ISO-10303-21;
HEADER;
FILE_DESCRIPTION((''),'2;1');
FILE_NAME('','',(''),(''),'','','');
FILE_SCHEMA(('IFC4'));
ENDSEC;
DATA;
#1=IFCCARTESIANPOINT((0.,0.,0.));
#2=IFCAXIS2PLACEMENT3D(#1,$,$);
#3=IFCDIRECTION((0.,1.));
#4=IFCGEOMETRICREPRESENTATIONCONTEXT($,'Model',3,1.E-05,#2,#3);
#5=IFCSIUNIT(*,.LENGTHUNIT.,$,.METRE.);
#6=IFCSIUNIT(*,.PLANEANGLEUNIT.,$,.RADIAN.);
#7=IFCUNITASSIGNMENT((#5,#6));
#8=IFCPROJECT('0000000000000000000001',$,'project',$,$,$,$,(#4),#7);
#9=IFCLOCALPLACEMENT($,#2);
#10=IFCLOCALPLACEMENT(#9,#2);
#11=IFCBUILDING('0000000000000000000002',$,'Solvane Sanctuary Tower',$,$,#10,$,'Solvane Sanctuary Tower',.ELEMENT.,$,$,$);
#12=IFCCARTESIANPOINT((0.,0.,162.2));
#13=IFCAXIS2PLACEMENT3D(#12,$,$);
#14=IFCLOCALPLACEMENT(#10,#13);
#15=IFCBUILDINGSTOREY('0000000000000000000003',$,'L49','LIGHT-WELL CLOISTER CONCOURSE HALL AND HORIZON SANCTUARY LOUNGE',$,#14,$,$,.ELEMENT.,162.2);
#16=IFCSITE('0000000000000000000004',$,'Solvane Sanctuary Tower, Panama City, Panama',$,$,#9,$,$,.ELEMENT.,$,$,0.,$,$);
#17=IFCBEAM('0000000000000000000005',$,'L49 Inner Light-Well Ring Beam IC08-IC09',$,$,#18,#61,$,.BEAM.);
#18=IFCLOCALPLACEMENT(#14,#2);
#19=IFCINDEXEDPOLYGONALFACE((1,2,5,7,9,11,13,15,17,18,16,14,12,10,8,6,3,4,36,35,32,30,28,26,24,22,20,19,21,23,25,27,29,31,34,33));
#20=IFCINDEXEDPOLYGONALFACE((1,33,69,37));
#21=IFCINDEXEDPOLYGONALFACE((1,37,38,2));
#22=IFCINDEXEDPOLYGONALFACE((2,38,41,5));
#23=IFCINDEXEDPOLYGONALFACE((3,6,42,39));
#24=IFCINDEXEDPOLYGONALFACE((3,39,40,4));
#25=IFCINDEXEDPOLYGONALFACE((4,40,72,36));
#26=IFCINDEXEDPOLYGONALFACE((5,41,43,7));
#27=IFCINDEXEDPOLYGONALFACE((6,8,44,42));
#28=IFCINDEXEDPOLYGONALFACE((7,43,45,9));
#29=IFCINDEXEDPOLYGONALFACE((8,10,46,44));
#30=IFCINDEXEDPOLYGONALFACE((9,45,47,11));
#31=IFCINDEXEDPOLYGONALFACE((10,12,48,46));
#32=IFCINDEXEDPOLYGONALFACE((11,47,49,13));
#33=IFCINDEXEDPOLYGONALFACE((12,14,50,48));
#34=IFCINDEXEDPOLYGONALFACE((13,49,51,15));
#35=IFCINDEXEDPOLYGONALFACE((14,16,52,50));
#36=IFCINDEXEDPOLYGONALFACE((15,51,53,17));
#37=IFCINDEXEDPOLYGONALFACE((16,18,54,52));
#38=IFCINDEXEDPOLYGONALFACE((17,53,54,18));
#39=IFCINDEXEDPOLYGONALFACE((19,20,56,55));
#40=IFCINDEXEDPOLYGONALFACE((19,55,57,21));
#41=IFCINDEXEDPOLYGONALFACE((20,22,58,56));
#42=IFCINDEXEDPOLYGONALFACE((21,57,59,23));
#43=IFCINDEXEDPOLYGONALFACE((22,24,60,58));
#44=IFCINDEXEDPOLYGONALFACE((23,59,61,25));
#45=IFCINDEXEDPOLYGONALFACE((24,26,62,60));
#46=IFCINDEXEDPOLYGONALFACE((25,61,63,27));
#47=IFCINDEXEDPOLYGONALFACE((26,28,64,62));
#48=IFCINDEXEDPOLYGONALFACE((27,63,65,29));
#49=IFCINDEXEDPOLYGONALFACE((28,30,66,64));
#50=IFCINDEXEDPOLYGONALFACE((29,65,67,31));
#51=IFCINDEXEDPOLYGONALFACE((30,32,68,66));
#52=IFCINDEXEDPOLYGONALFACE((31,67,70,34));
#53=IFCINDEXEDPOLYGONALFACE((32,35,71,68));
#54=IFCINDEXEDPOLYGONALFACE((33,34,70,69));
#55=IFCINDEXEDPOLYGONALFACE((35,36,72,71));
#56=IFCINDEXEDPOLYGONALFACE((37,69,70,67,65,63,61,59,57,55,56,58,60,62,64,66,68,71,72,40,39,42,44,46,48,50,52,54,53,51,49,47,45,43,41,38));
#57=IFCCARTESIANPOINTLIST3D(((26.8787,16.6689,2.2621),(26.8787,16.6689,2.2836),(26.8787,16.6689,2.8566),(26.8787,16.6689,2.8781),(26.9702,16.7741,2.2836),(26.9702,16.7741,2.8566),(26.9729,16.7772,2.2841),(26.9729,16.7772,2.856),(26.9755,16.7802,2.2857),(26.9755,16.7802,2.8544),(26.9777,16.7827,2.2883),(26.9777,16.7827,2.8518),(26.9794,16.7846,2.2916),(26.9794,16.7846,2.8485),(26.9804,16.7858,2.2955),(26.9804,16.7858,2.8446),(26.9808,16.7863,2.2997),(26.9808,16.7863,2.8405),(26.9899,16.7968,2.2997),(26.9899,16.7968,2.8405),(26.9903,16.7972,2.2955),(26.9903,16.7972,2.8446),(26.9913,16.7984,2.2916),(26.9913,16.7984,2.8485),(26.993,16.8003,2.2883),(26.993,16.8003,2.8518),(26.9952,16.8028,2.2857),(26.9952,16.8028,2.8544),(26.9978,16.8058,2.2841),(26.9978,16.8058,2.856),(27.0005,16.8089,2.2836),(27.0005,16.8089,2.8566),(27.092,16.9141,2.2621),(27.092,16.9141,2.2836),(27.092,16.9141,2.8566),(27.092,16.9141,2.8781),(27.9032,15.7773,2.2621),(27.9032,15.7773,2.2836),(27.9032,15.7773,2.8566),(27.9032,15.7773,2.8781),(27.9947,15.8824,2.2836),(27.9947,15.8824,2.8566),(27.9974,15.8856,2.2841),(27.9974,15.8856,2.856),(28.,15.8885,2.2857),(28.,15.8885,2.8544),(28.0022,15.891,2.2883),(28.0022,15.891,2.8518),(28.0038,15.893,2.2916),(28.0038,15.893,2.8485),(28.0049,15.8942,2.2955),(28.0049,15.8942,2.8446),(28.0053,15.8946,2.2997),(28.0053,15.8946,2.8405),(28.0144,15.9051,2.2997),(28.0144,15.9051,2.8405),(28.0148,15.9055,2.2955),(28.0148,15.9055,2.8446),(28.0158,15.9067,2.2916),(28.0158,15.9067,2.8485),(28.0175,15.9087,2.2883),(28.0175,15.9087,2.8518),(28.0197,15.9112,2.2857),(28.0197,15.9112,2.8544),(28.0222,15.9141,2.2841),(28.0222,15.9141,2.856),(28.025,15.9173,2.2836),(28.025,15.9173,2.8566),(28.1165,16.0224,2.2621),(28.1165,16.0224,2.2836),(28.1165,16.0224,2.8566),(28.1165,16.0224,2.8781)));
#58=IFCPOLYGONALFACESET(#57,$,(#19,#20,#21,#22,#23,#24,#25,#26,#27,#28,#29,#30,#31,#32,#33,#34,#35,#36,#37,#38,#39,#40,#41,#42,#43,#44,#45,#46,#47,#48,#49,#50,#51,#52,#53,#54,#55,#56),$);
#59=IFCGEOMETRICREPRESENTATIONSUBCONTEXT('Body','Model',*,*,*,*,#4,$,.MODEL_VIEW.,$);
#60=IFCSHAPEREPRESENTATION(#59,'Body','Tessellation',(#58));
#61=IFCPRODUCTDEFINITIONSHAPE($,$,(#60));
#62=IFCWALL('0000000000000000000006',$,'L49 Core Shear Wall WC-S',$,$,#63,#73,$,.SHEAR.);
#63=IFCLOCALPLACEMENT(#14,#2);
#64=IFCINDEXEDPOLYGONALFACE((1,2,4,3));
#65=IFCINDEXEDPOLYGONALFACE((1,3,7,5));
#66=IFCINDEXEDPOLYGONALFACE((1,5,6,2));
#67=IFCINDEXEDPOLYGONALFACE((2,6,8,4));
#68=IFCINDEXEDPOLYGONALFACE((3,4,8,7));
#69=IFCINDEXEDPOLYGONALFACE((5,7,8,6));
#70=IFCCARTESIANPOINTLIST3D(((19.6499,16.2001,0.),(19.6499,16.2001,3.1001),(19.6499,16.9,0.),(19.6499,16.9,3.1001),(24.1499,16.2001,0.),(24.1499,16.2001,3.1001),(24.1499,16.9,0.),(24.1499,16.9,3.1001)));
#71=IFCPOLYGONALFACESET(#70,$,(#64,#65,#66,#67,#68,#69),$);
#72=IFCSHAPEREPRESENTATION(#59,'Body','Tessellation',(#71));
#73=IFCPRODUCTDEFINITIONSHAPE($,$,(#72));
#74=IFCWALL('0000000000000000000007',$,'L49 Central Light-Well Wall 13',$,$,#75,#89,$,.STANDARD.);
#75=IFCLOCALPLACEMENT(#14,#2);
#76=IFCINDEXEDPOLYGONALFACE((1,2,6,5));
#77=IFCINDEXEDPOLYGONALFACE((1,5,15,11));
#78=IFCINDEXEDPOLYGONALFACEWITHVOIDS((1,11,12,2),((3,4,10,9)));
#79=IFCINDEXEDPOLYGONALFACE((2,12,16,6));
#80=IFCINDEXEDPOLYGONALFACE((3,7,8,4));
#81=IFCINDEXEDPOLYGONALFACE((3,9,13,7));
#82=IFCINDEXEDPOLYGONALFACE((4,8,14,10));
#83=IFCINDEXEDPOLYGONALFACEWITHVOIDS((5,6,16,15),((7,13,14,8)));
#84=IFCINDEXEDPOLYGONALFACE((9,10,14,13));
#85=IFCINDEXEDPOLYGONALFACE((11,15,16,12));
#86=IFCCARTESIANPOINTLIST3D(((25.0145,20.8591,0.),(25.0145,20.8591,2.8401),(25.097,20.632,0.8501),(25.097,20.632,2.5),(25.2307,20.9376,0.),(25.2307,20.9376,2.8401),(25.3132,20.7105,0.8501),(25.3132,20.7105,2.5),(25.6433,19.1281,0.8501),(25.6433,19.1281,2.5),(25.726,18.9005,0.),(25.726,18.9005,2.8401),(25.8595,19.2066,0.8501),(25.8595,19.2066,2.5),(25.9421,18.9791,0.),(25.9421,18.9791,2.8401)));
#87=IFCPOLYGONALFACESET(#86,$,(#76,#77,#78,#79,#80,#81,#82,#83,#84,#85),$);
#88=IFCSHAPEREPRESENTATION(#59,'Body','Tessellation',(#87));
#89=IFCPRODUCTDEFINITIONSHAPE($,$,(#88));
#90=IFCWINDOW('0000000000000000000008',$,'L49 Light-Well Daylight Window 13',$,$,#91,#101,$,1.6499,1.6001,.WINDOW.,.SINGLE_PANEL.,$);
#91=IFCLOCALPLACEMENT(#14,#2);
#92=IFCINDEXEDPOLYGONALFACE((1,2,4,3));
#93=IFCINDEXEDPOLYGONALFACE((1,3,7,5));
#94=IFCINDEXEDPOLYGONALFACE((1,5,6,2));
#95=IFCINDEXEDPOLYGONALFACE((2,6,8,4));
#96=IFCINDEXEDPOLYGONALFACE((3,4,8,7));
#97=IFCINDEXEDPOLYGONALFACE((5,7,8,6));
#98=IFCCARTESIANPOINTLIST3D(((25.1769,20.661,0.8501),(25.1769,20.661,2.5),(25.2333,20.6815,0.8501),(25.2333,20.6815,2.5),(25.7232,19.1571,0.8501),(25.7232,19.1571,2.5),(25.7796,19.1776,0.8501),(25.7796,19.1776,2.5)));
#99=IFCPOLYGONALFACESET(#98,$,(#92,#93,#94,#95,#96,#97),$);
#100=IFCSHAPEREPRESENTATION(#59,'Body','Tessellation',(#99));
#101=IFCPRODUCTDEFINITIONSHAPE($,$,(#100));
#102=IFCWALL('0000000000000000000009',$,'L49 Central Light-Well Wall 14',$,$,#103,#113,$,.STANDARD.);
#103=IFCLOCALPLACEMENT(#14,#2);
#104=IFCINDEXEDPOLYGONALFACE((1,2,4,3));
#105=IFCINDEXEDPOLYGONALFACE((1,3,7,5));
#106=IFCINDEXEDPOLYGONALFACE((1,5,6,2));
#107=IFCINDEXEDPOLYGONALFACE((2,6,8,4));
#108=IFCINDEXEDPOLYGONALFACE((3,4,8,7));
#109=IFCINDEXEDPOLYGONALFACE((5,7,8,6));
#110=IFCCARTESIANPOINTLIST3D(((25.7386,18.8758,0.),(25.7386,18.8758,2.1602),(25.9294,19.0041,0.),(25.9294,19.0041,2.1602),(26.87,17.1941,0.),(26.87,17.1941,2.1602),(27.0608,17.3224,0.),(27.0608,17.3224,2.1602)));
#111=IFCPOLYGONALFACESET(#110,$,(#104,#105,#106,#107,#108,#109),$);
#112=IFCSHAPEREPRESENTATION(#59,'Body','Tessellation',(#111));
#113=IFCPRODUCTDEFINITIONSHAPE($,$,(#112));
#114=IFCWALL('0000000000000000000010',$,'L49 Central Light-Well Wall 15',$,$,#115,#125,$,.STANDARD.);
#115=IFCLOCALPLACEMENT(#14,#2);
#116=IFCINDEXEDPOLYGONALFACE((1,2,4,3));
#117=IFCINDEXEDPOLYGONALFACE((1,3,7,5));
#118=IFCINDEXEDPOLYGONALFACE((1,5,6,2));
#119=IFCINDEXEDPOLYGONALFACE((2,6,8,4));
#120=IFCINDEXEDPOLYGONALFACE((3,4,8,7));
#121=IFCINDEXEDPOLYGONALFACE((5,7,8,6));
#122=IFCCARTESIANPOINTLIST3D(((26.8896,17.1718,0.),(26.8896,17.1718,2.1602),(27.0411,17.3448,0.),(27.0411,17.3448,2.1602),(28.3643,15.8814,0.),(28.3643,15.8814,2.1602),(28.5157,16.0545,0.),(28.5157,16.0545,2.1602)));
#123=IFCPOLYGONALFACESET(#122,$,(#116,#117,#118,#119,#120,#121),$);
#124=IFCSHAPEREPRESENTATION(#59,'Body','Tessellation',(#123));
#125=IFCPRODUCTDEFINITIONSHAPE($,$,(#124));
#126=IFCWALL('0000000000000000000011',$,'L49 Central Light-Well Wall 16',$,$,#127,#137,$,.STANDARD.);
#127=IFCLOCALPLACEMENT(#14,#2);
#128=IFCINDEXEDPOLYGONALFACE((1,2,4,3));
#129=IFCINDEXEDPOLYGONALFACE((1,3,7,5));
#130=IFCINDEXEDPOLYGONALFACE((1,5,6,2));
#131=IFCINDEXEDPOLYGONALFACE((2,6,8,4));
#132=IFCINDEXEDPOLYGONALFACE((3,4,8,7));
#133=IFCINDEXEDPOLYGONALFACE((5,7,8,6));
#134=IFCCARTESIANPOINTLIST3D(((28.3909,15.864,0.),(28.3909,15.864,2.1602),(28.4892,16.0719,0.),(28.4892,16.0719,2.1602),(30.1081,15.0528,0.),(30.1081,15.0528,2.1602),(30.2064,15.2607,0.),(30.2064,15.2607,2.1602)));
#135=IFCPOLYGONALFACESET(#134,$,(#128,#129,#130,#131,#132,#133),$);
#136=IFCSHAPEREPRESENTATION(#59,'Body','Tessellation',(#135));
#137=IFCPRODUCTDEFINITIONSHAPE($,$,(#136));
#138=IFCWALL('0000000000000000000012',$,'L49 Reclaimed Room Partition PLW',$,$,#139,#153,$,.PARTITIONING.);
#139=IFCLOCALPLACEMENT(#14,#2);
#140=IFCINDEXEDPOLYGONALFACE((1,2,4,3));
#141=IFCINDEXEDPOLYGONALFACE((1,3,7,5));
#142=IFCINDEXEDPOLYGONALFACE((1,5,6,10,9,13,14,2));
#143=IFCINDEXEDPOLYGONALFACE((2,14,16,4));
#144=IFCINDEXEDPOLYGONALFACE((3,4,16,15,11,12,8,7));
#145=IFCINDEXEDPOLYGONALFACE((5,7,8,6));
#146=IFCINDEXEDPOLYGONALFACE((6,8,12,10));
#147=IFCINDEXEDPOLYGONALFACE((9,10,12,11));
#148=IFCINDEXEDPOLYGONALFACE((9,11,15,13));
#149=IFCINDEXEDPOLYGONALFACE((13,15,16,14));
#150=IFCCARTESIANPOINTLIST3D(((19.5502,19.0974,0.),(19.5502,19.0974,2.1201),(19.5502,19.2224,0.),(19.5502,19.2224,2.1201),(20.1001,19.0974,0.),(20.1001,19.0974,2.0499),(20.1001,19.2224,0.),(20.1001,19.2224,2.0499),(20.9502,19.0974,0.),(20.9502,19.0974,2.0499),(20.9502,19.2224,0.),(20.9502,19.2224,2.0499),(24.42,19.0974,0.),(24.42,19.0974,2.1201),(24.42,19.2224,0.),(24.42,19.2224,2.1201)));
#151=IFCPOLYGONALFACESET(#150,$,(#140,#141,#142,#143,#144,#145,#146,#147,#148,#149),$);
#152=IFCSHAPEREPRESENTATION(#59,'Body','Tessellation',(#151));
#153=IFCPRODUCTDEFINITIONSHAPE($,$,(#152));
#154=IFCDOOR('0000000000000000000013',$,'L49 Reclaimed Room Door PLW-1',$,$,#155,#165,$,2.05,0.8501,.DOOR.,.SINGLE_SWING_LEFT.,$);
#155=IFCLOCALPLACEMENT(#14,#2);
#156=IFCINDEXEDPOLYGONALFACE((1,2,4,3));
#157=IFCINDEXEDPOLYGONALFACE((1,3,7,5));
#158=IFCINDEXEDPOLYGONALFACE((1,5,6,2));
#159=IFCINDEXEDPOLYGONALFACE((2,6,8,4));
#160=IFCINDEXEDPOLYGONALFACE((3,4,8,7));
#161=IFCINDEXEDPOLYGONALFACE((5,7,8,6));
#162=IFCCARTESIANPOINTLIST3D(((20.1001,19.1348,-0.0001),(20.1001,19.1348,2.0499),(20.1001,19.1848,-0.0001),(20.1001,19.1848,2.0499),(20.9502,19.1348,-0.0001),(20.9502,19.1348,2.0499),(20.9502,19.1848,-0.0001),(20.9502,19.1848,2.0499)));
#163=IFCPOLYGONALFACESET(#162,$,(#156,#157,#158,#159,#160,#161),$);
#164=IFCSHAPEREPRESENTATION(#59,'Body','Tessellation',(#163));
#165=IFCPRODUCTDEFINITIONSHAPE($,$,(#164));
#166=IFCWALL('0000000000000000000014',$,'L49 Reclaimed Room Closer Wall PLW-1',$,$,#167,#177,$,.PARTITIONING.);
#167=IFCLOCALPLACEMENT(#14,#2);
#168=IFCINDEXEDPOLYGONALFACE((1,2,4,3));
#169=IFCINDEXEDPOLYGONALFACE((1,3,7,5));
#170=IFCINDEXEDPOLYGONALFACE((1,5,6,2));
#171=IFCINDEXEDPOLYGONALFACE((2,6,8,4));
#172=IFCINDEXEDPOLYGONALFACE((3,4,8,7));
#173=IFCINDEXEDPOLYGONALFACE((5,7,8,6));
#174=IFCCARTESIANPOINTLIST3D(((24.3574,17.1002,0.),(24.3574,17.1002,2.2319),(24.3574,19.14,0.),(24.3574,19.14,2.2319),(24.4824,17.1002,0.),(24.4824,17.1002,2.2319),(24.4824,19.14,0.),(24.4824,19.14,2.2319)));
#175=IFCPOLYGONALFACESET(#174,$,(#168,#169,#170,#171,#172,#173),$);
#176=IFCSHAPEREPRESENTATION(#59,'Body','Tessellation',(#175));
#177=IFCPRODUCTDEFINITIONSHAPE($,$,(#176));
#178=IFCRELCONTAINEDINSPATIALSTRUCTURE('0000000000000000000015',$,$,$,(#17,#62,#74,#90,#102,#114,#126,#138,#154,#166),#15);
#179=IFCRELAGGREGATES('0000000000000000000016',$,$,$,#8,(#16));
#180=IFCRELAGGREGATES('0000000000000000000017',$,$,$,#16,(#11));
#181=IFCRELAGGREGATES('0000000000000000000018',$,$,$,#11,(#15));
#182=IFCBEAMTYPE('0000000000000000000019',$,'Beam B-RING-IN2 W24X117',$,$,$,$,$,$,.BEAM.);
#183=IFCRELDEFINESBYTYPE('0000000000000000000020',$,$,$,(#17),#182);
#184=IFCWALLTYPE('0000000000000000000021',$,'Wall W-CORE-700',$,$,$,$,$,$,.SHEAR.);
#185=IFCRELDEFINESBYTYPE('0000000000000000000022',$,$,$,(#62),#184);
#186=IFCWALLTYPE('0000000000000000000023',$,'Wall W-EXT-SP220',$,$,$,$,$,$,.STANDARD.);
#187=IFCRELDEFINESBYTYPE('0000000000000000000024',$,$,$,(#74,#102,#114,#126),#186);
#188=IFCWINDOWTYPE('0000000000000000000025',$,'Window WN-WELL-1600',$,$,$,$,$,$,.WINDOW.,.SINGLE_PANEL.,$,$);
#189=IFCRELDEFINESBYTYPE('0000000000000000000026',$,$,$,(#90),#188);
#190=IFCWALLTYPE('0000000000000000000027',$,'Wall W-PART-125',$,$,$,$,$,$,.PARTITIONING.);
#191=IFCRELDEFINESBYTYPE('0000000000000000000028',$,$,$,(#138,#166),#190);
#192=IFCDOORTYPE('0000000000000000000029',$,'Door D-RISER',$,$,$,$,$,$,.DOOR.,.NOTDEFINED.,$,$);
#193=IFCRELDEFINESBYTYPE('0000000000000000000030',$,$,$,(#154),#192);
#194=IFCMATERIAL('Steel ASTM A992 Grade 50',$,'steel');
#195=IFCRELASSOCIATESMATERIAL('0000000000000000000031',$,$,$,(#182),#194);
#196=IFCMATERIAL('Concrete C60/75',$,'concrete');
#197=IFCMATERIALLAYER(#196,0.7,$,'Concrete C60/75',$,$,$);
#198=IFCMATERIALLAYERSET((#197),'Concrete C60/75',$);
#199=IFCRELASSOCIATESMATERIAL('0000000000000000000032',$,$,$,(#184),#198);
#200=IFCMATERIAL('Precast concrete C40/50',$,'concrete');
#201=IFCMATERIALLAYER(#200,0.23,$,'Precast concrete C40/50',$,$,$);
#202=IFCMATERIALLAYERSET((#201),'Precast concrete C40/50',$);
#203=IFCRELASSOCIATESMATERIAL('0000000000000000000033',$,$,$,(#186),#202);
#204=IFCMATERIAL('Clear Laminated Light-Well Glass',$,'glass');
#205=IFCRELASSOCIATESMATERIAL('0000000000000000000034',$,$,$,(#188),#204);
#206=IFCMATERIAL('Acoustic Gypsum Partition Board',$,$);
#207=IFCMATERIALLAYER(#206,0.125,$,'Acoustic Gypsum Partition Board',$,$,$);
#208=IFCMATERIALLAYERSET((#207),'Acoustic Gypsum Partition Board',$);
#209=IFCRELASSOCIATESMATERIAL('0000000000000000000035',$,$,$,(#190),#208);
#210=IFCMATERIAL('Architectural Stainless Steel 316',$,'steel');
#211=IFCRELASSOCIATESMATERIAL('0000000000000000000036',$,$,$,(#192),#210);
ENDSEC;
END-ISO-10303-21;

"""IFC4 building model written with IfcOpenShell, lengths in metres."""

from ifc_helpers import new_model, si_unit, direction, frame, frame_2d, origin, origin_2d, place, context, subcontext, project, spatial, rectangle, i_section, extrude, material, layer, layer_set, material_profile, profile_set, type_object, element, fill, save


model = new_model("IFC4")

# Units and contexts
model_context = context("Model", 3, precision=1e-05, world=origin(), true_north=direction((0.0, 1.0)))
body_context = subcontext(model_context, "Body", "Model", "MODEL_VIEW")
ifc_project = project(units=[si_unit("LENGTHUNIT", "METRE"), si_unit("PLANEANGLEUNIT", "RADIAN")], contexts=[model_context])

# Site, building, storey
site_placement = place(None, origin())
site = spatial("IfcSite", under=ifc_project, at=site_placement, Name="Solvane Sanctuary Tower, Panama City, Panama", CompositionType="ELEMENT", RefElevation=0.0)
building_placement = place(site_placement, origin())
building = spatial("IfcBuilding", under=site, at=building_placement, Name="Solvane Sanctuary Tower", LongName="Solvane Sanctuary Tower", CompositionType="ELEMENT")
storey_placement = place(building_placement, frame((0.0, 0.0, 162.2)))
storey = spatial("IfcBuildingStorey", under=building, at=storey_placement, Name="L49", Description="LIGHT-WELL CLOISTER CONCOURSE HALL AND HORIZON SANCTUARY LOUNGE", CompositionType="ELEMENT", Elevation=162.2)

# Beam
ifc_material_1 = material(Name="Steel ASTM A992 Grade 50", Category="steel")
ifc_material_profile_1 = material_profile(ifc_material_1, i_section(OverallWidth=0.325, OverallDepth=0.616, WebThickness=0.0139, FlangeThickness=0.0215, FilletRadius=0.0161, at=origin_2d()), Name="W24X117")
ifc_profile_set_1 = profile_set([ifc_material_profile_1], Name="Steel ASTM A992 Grade 50")
beam_type_1 = type_object("IfcBeamType", Name="Beam B-RING-IN2 W24X117", PredefinedType="BEAM", material=ifc_profile_set_1)
beam_1_placement = place(storey_placement, frame((26.9854, 16.7915, 2.5701), z_axis=(0.754311, -0.656517, 0.0), x_axis=(0.656517, 0.754311, 0.0)))
element("IfcBeam", 1, at=beam_1_placement, inside=storey, type_object=beam_type_1, Name="L49 Inner Light-Well Ring Beam IC08-IC09", PredefinedType="BEAM", context=body_context, shape_type="SweptSolid", body=[
    extrude(i_section(OverallWidth=0.325, OverallDepth=0.616, WebThickness=0.0139, FlangeThickness=0.0215, FilletRadius=0.0161, at=origin_2d()), origin(), (0.0, 0.0, 1.0), 1.3582),
])

# Wall
ifc_material_2 = material(Name="Concrete C60/75", Category="concrete")
ifc_layer_1 = layer(ifc_material_2, 0.7, Name="Concrete C60/75")
ifc_layer_set_1 = layer_set([ifc_layer_1], Name="Concrete C60/75")
wall_type_1 = type_object("IfcWallType", Name="Wall W-CORE-700", PredefinedType="SHEAR", material=ifc_layer_set_1)
wall_1_placement = place(storey_placement, frame((19.6499, 16.55, 0.0), z_axis=(0.0, 0.0, 1.0), x_axis=(1.0, 0.0, 0.0)))
element("IfcWall", 2, at=wall_1_placement, inside=storey, type_object=wall_type_1, Name="L49 Core Shear Wall WC-S", PredefinedType="SHEAR", context=body_context, shape_type="SweptSolid", body=[
    extrude(rectangle(XDim=4.5, YDim=0.7, at=frame_2d((2.25, 0.0))), origin(), (0.0, 0.0, 1.0), 3.1001),
])

# Wall, opening, window
ifc_material_3 = material(Name="Precast concrete C40/50", Category="concrete")
ifc_layer_2 = layer(ifc_material_3, 0.23, Name="Precast concrete C40/50")
ifc_layer_set_2 = layer_set([ifc_layer_2], Name="Precast concrete C40/50")
wall_type_2 = type_object("IfcWallType", Name="Wall W-EXT-SP220", PredefinedType="STANDARD", material=ifc_layer_set_2)
wall_2_placement = place(storey_placement, frame((25.1226, 20.8984, 0.0), z_axis=(0.0, 0.0, 1.0), x_axis=(0.341423, -0.93991, 0.0)))
wall_2 = element("IfcWall", 3, at=wall_2_placement, inside=storey, type_object=wall_type_2, Name="L49 Central Light-Well Wall 13", PredefinedType="STANDARD", context=body_context, shape_type="SweptSolid", body=[
    extrude(rectangle(XDim=2.0837, YDim=0.23, at=frame_2d((1.042, 0.0))), origin(), (0.0, 0.0, 1.0), 2.8401),
])
opening_1_placement = place(wall_2_placement, frame((0.2417, 0.0, 0.8501)))
opening_1 = element("IfcOpeningElement", 4, at=opening_1_placement, cuts=wall_2, PredefinedType="OPENING", context=body_context, shape_type="SweptSolid", body=[
    extrude(rectangle(XDim=1.6001, YDim=1.6499, at=frame_2d((0.8, 0.825))), frame((0.0, 0.125, 0.0), z_axis=(0.0, -1.0, 0.0), x_axis=(1.0, 0.0, 0.0)), (0.0, 0.0, 1.0), 0.25),
])
ifc_material_4 = material(Name="Clear Laminated Light-Well Glass", Category="glass")
window_type = type_object("IfcWindowType", Name="Window WN-WELL-1600", PartitioningType="SINGLE_PANEL", PredefinedType="WINDOW", material=ifc_material_4)
window_placement = place(opening_1_placement, origin())
window = element("IfcWindow", 5, at=window_placement, inside=storey, type_object=window_type, Name="L49 Light-Well Daylight Window 13", OverallHeight=1.6499, OverallWidth=1.6001, PartitioningType="SINGLE_PANEL", PredefinedType="WINDOW", context=body_context, shape_type="SweptSolid", body=[
    extrude(rectangle(XDim=1.6001, YDim=1.6499, at=frame_2d((0.8, 0.825))), frame((0.0, 0.03, 0.0), z_axis=(0.0, -1.0, 0.0), x_axis=(1.0, 0.0, 0.0)), (0.0, 0.0, 1.0), 0.0601),
])
fill(opening_1, window)

# Walls
wall_3_placement = place(storey_placement, frame((25.834, 18.9399, 0.0), z_axis=(0.0, 0.0, 1.0), x_axis=(0.558198, -0.829708, 0.0)))
element("IfcWall", 6, at=wall_3_placement, inside=storey, type_object=wall_type_2, Name="L49 Central Light-Well Wall 14", PredefinedType="STANDARD", context=body_context, shape_type="SweptSolid", body=[
    extrude(rectangle(XDim=2.0269, YDim=0.23, at=frame_2d((1.0134, 0.0))), origin(), (0.0, 0.0, 1.0), 2.1602),
])
wall_4_placement = place(storey_placement, frame((26.9653, 17.2583, 0.0), z_axis=(0.0, 0.0, 1.0), x_axis=(0.752577, -0.658505, 0.0)))
element("IfcWall", 7, at=wall_4_placement, inside=storey, type_object=wall_type_2, Name="L49 Central Light-Well Wall 15", PredefinedType="STANDARD", context=body_context, shape_type="SweptSolid", body=[
    extrude(rectangle(XDim=1.9595, YDim=0.23, at=frame_2d((0.9797, 0.0))), origin(), (0.0, 0.0, 1.0), 2.1602),
])
wall_5_placement = place(storey_placement, frame((28.4399, 15.968, 0.0), z_axis=(0.0, 0.0, 1.0), x_axis=(0.90418, -0.427152, 0.0)))
element("IfcWall", 8, at=wall_5_placement, inside=storey, type_object=wall_type_2, Name="L49 Central Light-Well Wall 16", PredefinedType="STANDARD", context=body_context, shape_type="SweptSolid", body=[
    extrude(rectangle(XDim=1.8992, YDim=0.23, at=frame_2d((0.9497, 0.0))), origin(), (0.0, 0.0, 1.0), 2.1602),
])

# Wall, opening, door
ifc_material_5 = material(Name="Acoustic Gypsum Partition Board")
ifc_layer_3 = layer(ifc_material_5, 0.125, Name="Acoustic Gypsum Partition Board")
ifc_layer_set_3 = layer_set([ifc_layer_3], Name="Acoustic Gypsum Partition Board")
wall_type_3 = type_object("IfcWallType", Name="Wall W-PART-125", PredefinedType="PARTITIONING", material=ifc_layer_set_3)
wall_6_placement = place(storey_placement, frame((19.55, 19.1599, 0.0), z_axis=(0.0, 0.0, 1.0), x_axis=(1.0, 0.0, 0.0)))
wall_6 = element("IfcWall", 9, at=wall_6_placement, inside=storey, type_object=wall_type_3, Name="L49 Reclaimed Room Partition PLW", PredefinedType="PARTITIONING", context=body_context, shape_type="SweptSolid", body=[
    extrude(rectangle(XDim=4.8699, YDim=0.125, at=frame_2d((2.4351, 0.0))), origin(), (0.0, 0.0, 1.0), 2.1201),
])
opening_2_placement = place(wall_6_placement, frame((0.55, 0.0, 0.0)))
opening_2 = element("IfcOpeningElement", 10, at=opening_2_placement, cuts=wall_6, PredefinedType="OPENING", context=body_context, shape_type="SweptSolid", body=[
    extrude(rectangle(XDim=0.8501, YDim=2.05, at=frame_2d((0.425, 1.0249))), frame((0.0, 0.0725, 0.0), z_axis=(0.0, -1.0, 0.0), x_axis=(1.0, 0.0, 0.0)), (0.0, 0.0, 1.0), 0.145),
])
ifc_material_6 = material(Name="Architectural Stainless Steel 316", Category="steel")
door_type = type_object("IfcDoorType", Name="Door D-RISER", OperationType="NOTDEFINED", PredefinedType="DOOR", material=ifc_material_6)
door_placement = place(opening_2_placement, origin())
door = element("IfcDoor", 11, at=door_placement, inside=storey, type_object=door_type, Name="L49 Reclaimed Room Door PLW-1", OperationType="SINGLE_SWING_LEFT", OverallHeight=2.05, OverallWidth=0.8501, PredefinedType="DOOR", context=body_context, shape_type="SweptSolid", body=[
    extrude(rectangle(XDim=0.8501, YDim=2.05, at=frame_2d((0.425, 1.0249))), frame((0.0, 0.0249, 0.0), z_axis=(0.0, -1.0, 0.0), x_axis=(1.0, 0.0, 0.0)), (0.0, 0.0, 1.0), 0.05),
])
fill(opening_2, door)

# Wall
wall_7_placement = place(storey_placement, frame((24.4199, 17.1001, 0.0), z_axis=(0.0, 0.0, 1.0), x_axis=(0.0, 1.0, 0.0)))
element("IfcWall", 12, at=wall_7_placement, inside=storey, type_object=wall_type_3, Name="L49 Reclaimed Room Closer Wall PLW-1", PredefinedType="PARTITIONING", context=body_context, shape_type="SweptSolid", body=[
    extrude(rectangle(XDim=2.0398, YDim=0.125, at=frame_2d((1.02, 0.0))), origin(), (0.0, 0.0, 1.0), 2.2319),
])

save(model, "model.ifc")
